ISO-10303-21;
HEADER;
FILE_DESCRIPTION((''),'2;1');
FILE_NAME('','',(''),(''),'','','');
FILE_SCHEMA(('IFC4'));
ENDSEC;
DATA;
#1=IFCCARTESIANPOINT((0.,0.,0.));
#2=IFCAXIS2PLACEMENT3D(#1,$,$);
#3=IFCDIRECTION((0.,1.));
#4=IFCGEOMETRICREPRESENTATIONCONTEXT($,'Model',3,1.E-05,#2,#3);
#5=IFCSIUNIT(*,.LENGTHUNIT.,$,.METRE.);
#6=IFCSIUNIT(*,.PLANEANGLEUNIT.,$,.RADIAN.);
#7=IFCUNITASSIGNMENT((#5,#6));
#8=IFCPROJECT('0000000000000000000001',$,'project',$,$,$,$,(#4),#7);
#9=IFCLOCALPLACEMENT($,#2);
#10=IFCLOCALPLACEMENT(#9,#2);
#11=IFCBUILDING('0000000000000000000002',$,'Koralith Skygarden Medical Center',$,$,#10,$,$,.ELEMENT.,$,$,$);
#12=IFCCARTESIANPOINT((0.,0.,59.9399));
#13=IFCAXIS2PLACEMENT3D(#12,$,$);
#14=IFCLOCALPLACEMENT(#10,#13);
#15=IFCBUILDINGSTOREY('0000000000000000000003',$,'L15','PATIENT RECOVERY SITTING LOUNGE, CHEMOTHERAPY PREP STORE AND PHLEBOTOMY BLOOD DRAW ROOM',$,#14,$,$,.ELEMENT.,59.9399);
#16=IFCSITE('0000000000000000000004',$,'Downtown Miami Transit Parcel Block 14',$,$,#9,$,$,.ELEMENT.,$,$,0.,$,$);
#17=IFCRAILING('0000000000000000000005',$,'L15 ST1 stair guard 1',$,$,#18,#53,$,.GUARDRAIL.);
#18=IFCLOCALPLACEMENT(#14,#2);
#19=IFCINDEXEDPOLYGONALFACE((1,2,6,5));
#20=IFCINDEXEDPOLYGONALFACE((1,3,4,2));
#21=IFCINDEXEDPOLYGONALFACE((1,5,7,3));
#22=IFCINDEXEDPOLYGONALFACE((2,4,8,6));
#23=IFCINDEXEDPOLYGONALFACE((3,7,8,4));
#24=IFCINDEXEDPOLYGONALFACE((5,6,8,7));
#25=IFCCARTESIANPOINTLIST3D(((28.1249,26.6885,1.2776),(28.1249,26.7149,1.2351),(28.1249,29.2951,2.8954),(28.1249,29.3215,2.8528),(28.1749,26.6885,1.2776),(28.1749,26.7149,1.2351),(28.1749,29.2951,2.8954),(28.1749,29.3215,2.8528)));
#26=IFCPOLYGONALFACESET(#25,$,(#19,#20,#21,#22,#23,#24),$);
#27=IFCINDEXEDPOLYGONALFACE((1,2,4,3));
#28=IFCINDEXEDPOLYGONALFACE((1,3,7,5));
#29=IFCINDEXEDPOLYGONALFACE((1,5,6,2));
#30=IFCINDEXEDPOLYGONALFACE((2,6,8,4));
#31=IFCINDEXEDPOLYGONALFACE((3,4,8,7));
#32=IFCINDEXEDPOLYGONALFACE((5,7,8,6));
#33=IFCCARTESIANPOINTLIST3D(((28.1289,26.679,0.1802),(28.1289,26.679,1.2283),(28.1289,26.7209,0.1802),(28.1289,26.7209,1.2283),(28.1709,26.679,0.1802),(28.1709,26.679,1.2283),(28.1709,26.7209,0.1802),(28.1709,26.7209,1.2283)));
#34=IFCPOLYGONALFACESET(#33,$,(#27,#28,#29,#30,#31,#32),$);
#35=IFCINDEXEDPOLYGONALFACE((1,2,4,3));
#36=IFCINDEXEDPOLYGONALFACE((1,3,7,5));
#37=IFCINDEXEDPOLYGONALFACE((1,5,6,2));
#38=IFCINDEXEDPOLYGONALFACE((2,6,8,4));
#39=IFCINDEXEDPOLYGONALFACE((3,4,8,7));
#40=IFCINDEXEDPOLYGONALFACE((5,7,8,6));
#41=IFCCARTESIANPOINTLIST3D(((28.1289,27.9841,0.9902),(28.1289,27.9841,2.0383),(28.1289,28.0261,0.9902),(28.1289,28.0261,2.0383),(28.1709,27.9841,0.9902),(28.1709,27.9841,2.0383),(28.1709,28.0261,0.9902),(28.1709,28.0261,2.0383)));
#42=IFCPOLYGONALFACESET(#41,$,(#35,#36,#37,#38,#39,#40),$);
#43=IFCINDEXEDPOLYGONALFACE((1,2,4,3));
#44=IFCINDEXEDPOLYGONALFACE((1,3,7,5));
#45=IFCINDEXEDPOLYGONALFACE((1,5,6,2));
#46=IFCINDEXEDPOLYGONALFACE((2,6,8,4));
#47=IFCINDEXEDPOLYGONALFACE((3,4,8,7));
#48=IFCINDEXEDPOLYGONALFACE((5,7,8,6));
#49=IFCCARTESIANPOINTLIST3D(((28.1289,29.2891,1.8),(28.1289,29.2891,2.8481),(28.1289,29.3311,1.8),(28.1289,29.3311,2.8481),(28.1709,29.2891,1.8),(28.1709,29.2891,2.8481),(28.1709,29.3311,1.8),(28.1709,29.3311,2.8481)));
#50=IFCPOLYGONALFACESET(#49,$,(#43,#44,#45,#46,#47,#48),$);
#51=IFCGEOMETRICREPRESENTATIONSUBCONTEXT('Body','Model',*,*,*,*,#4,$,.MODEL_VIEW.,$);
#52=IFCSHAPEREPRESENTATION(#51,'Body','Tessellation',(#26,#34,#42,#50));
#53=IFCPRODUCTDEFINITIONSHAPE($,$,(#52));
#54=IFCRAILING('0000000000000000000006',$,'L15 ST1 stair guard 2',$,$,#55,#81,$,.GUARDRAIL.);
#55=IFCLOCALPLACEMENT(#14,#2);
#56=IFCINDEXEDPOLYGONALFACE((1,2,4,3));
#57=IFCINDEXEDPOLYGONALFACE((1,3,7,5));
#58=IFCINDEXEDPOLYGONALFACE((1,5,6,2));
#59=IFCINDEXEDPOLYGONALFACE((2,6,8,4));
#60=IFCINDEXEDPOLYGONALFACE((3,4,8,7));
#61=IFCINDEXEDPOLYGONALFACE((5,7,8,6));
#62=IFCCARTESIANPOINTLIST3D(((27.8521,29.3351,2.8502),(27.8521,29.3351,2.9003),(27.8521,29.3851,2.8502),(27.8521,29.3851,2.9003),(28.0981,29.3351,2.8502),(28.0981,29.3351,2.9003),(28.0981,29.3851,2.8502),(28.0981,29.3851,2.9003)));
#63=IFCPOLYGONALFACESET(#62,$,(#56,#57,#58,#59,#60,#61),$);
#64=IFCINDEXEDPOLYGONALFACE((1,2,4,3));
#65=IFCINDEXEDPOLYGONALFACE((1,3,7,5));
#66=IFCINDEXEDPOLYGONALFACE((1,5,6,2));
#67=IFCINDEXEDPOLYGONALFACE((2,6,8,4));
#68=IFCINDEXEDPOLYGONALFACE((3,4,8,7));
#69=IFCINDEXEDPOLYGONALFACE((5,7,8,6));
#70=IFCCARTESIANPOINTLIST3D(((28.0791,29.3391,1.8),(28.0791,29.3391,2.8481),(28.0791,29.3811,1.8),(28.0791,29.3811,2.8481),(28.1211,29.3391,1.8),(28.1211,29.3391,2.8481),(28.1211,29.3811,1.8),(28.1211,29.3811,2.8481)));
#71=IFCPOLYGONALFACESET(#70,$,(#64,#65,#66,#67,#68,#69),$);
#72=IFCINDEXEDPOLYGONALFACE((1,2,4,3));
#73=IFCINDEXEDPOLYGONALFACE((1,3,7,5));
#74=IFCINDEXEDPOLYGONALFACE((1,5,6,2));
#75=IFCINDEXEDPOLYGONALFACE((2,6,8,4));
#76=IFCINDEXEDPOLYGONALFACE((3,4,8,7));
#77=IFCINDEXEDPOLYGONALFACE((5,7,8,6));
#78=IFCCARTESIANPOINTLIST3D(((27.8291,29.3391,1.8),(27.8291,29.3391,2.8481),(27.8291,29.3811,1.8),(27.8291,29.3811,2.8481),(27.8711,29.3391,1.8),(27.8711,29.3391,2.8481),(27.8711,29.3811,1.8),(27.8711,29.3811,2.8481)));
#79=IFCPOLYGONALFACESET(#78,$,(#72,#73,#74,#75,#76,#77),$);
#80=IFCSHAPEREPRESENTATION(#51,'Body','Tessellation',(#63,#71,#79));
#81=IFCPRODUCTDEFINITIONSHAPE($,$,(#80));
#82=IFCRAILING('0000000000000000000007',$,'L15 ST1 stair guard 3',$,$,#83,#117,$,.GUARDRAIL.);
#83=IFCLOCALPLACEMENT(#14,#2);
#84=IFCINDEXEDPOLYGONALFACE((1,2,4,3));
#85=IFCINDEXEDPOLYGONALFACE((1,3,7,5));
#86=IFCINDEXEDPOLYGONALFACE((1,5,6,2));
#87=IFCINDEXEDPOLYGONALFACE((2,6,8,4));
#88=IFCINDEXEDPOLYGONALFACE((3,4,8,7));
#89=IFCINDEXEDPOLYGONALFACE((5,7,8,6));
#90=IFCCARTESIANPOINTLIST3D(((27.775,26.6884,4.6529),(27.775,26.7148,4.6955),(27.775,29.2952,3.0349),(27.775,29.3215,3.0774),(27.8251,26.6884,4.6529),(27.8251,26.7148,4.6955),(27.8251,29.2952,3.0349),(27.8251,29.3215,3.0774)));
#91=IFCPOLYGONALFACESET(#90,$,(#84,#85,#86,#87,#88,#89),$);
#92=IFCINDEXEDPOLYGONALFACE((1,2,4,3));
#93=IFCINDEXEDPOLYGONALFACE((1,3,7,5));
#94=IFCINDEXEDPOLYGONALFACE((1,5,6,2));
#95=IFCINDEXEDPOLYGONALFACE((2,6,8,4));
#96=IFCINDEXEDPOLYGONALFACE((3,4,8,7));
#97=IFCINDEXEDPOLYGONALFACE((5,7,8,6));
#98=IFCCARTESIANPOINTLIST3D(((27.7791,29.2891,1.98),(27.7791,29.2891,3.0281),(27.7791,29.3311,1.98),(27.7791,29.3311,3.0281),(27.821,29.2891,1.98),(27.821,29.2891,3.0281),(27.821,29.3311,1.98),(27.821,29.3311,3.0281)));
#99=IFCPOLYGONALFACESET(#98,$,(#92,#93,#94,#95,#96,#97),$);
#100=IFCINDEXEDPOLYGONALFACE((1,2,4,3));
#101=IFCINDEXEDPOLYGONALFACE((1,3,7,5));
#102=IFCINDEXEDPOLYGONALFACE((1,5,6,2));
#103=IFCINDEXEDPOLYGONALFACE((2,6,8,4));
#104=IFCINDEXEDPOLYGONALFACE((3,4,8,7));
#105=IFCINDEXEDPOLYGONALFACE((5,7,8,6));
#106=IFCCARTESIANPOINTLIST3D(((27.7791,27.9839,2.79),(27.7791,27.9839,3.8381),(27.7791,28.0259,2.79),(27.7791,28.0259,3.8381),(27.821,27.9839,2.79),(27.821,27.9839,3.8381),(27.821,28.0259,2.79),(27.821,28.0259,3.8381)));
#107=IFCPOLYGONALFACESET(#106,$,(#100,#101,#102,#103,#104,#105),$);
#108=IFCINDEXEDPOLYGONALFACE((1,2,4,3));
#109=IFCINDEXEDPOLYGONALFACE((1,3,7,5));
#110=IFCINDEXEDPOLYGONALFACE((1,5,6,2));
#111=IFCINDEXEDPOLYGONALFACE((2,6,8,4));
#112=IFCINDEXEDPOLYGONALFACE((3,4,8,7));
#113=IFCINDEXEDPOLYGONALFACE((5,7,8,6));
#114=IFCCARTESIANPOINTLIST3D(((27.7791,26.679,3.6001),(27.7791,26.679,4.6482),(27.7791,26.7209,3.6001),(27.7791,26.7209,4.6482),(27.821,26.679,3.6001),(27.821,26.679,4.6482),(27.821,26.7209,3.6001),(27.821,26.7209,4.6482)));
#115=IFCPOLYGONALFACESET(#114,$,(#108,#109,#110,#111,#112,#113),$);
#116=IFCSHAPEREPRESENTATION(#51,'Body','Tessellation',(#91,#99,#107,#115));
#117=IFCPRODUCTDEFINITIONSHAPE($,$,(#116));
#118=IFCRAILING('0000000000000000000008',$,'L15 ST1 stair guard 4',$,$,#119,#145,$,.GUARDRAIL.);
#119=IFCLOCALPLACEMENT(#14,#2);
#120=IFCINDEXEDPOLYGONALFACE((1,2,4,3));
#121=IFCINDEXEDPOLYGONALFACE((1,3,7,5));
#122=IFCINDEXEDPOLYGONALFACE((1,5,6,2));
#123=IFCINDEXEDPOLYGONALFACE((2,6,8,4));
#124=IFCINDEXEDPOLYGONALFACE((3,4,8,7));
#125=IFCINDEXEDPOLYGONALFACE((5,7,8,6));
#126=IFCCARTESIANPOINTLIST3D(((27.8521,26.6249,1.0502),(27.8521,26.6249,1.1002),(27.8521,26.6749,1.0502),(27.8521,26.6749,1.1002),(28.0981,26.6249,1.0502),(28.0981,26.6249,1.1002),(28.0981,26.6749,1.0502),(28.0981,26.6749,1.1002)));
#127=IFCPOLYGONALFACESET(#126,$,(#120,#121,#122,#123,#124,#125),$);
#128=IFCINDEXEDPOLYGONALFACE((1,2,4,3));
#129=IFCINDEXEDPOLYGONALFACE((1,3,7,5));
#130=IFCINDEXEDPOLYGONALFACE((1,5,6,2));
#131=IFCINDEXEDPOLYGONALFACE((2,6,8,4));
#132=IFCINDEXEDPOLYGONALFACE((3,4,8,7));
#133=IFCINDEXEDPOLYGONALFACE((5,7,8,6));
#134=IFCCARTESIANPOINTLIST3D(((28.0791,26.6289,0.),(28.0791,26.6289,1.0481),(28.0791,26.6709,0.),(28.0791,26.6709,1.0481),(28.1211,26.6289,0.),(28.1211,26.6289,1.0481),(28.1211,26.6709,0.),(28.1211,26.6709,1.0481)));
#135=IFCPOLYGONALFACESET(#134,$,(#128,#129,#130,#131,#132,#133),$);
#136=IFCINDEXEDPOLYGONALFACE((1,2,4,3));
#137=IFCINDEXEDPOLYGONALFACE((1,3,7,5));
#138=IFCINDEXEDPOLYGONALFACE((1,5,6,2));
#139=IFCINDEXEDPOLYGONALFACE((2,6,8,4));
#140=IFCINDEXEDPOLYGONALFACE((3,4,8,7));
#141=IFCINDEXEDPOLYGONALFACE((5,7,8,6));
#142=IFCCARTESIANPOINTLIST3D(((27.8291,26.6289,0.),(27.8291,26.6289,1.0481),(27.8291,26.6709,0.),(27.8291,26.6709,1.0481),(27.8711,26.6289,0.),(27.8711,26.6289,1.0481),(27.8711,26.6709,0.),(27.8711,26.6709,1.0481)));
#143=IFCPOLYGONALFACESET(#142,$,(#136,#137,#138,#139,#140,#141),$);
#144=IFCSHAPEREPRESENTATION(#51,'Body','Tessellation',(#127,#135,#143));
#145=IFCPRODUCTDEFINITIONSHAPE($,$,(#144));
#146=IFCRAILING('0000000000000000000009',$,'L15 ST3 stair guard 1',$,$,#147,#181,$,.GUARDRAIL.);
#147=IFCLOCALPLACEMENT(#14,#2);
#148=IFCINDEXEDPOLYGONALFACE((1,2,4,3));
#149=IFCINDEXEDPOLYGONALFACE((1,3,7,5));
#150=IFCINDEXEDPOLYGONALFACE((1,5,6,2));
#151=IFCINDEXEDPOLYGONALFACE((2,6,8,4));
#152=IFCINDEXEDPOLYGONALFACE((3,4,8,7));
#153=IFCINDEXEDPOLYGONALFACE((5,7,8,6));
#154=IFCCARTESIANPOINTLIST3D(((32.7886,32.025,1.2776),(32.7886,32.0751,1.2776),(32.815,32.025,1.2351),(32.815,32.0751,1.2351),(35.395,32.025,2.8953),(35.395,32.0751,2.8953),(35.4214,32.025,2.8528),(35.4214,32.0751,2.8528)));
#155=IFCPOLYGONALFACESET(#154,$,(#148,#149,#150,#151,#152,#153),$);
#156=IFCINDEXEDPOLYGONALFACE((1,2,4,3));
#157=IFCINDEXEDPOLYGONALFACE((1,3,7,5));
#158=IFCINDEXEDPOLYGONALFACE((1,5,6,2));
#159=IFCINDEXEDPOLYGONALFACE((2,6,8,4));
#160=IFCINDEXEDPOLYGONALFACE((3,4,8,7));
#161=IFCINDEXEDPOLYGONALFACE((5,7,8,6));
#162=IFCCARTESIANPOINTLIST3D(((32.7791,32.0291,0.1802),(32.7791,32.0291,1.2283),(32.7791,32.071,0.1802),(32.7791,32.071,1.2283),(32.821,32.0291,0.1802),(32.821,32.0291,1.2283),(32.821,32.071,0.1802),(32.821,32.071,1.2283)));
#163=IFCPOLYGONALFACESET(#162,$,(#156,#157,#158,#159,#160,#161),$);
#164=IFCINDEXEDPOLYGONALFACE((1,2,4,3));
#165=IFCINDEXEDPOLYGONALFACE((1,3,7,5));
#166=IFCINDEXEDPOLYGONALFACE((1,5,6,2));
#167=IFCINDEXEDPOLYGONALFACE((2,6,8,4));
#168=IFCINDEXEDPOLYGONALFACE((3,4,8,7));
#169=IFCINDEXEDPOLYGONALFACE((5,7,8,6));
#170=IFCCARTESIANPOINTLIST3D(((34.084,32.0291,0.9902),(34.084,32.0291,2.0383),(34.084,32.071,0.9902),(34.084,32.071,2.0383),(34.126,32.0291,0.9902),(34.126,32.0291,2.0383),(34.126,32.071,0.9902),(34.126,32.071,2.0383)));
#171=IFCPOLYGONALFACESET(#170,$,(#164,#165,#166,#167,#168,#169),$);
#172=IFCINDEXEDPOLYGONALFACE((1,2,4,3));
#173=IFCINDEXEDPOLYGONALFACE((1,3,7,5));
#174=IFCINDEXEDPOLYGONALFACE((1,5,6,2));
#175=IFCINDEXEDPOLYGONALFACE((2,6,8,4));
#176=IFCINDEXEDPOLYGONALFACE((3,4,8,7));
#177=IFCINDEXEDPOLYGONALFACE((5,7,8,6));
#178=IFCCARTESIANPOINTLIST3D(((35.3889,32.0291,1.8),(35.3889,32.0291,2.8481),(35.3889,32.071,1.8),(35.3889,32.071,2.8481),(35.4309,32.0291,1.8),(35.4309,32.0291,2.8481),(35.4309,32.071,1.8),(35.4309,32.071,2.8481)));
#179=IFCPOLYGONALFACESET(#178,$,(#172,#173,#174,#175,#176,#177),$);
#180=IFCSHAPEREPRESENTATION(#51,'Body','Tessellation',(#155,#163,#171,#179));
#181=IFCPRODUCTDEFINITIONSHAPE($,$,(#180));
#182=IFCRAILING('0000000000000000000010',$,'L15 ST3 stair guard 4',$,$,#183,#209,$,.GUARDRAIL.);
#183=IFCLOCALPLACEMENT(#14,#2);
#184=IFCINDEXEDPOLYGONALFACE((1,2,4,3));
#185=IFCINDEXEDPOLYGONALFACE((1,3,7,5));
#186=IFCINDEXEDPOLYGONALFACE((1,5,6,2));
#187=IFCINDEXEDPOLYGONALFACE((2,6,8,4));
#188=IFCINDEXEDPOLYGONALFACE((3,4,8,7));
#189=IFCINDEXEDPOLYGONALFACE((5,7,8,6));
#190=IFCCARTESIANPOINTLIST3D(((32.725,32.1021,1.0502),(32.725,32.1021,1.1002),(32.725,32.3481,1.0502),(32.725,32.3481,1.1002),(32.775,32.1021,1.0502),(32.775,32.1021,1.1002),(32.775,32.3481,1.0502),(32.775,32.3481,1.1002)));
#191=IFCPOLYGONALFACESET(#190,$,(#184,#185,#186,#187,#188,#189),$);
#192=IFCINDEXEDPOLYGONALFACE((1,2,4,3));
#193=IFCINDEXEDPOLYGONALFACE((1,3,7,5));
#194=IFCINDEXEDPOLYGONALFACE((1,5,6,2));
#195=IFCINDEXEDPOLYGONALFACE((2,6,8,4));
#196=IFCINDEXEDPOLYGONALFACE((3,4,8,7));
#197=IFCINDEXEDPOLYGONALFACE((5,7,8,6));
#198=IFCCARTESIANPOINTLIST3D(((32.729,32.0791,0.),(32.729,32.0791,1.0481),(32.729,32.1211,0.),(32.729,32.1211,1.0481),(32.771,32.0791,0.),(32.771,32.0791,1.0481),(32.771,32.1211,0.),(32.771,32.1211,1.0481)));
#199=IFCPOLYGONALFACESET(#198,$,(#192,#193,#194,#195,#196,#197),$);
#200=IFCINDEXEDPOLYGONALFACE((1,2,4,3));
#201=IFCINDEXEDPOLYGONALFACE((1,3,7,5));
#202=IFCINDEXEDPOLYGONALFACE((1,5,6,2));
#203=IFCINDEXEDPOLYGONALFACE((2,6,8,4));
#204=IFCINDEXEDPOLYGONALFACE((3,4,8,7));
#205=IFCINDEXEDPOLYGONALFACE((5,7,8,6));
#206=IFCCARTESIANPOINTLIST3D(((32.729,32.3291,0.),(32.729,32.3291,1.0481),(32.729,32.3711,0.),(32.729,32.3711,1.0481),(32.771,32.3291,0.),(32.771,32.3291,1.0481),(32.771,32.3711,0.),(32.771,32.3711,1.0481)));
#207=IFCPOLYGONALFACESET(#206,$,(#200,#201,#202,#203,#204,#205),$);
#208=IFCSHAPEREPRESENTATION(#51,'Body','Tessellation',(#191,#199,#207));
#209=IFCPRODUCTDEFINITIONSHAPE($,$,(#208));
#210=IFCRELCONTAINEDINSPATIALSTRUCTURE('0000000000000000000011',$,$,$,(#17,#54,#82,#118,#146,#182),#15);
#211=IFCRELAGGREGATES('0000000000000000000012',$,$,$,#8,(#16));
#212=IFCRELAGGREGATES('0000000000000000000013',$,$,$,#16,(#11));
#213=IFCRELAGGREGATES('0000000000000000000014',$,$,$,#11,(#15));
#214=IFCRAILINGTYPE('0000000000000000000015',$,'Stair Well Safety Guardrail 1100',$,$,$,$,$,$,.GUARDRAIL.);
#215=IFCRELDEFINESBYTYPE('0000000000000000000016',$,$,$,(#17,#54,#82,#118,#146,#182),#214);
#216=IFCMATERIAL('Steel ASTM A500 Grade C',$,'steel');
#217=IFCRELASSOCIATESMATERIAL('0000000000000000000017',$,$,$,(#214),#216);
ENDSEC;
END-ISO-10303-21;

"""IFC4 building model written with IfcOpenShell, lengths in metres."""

from ifc_helpers import new_model, si_unit, direction, frame, origin, origin_2d, place, context, subcontext, project, spatial, rectangle, extrude, material, type_object, element, save


model = new_model("IFC4")

# Units and contexts
model_context = context("Model", 3, precision=1e-05, world=origin(), true_north=direction((0.0, 1.0)))
body_context = subcontext(model_context, "Body", "Model", "MODEL_VIEW")
ifc_project = project(units=[si_unit("LENGTHUNIT", "METRE"), si_unit("PLANEANGLEUNIT", "RADIAN")], contexts=[model_context])

# Site, building, storey
site_placement = place(None, origin())
site = spatial("IfcSite", under=ifc_project, at=site_placement, Name="Downtown Miami Transit Parcel Block 14", CompositionType="ELEMENT", RefElevation=0.0)
building_placement = place(site_placement, origin())
building = spatial("IfcBuilding", under=site, at=building_placement, Name="Koralith Skygarden Medical Center", CompositionType="ELEMENT")
storey_placement = place(building_placement, frame((0.0, 0.0, 59.9399)))
storey = spatial("IfcBuildingStorey", under=building, at=storey_placement, Name="L15", Description="PATIENT RECOVERY SITTING LOUNGE, CHEMOTHERAPY PREP STORE AND PHLEBOTOMY BLOOD DRAW ROOM", CompositionType="ELEMENT", Elevation=59.9399)

# Railings
ifc_material_1 = material(Name="Steel ASTM A500 Grade C", Category="steel")
railing_type_1 = type_object("IfcRailingType", Name="Stair Well Safety Guardrail 1100", PredefinedType="GUARDRAIL", material=ifc_material_1)
railing_1_placement = place(storey_placement, frame((28.1499, 26.7, 0.1802)))
element("IfcRailing", 1, at=railing_1_placement, inside=storey, type_object=railing_type_1, Name="L15 ST1 stair guard 1", PredefinedType="GUARDRAIL", context=body_context, shape_type="SweptSolid", body=[
    extrude(rectangle(XDim=0.05, YDim=0.05, at=origin_2d()), frame((0.0, 0.0017, 1.0762), z_axis=(0.0, 0.849668, 0.527317), x_axis=(-1.0, 0.0, 0.0)), (0.0, 0.0, 1.0), 3.0679),
    extrude(rectangle(XDim=0.042, YDim=0.042, at=origin_2d()), origin(), (0.0, 0.0, 1.0), 1.0481),
    extrude(rectangle(XDim=0.042, YDim=0.042, at=origin_2d()), frame((0.0, 1.3052, 0.8101)), (0.0, 0.0, 1.0), 1.0481),
    extrude(rectangle(XDim=0.042, YDim=0.042, at=origin_2d()), frame((0.0, 2.6101, 1.6199)), (0.0, 0.0, 1.0), 1.0481),
])
railing_2_placement = place(storey_placement, frame((28.1001, 29.3601, 1.8)))
element("IfcRailing", 2, at=railing_2_placement, inside=storey, type_object=railing_type_1, Name="L15 ST1 stair guard 2", PredefinedType="GUARDRAIL", context=body_context, shape_type="SweptSolid", body=[
    extrude(rectangle(XDim=0.05, YDim=0.05, at=origin_2d()), frame((-0.002, 0.0, 1.0752), z_axis=(-1.0, 0.0, 0.0), x_axis=(0.0, -1.0, 0.0)), (0.0, 0.0, 1.0), 0.2461),
    extrude(rectangle(XDim=0.042, YDim=0.042, at=origin_2d()), origin(), (0.0, 0.0, 1.0), 1.0481),
    extrude(rectangle(XDim=0.042, YDim=0.042, at=origin_2d()), frame((-0.25, 0.0, 0.0)), (0.0, 0.0, 1.0), 1.0481),
])
railing_3_placement = place(storey_placement, frame((27.8, 29.3101, 1.98)))
element("IfcRailing", 3, at=railing_3_placement, inside=storey, type_object=railing_type_1, Name="L15 ST1 stair guard 3", PredefinedType="GUARDRAIL", context=body_context, shape_type="SweptSolid", body=[
    extrude(rectangle(XDim=0.05, YDim=0.05, at=origin_2d()), frame((0.0, -0.0017, 1.0762), z_axis=(0.0, -0.849633, 0.527375), x_axis=(1.0, 0.0, 0.0)), (0.0, 0.0, 1.0), 3.0681),
    extrude(rectangle(XDim=0.042, YDim=0.042, at=origin_2d()), origin(), (0.0, 0.0, 1.0), 1.0481),
    extrude(rectangle(XDim=0.042, YDim=0.042, at=origin_2d()), frame((0.0, -1.3052, 0.8101)), (0.0, 0.0, 1.0), 1.0481),
    extrude(rectangle(XDim=0.042, YDim=0.042, at=origin_2d()), frame((0.0, -2.6101, 1.6201)), (0.0, 0.0, 1.0), 1.0481),
])
railing_4_placement = place(storey_placement, frame((28.1001, 26.6499, 0.0)))
element("IfcRailing", 4, at=railing_4_placement, inside=storey, type_object=railing_type_1, Name="L15 ST1 stair guard 4", PredefinedType="GUARDRAIL", context=body_context, shape_type="SweptSolid", body=[
    extrude(rectangle(XDim=0.05, YDim=0.05, at=origin_2d()), frame((-0.002, 0.0, 1.0752), z_axis=(-1.0, 0.0, 0.0), x_axis=(0.0, -1.0, 0.0)), (0.0, 0.0, 1.0), 0.2461),
    extrude(rectangle(XDim=0.042, YDim=0.042, at=origin_2d()), origin(), (0.0, 0.0, 1.0), 1.0481),
    extrude(rectangle(XDim=0.042, YDim=0.042, at=origin_2d()), frame((-0.25, 0.0, 0.0)), (0.0, 0.0, 1.0), 1.0481),
])
railing_5_placement = place(storey_placement, frame((32.8, 32.05, 0.1802)))
element("IfcRailing", 5, at=railing_5_placement, inside=storey, type_object=railing_type_1, Name="L15 ST3 stair guard 1", PredefinedType="GUARDRAIL", context=body_context, shape_type="SweptSolid", body=[
    extrude(rectangle(XDim=0.05, YDim=0.05, at=origin_2d()), frame((0.0017, 0.0, 1.0762), z_axis=(0.849646, 0.0, 0.527353), x_axis=(0.0, 1.0, 0.0)), (0.0, 0.0, 1.0), 3.0676),
    extrude(rectangle(XDim=0.042, YDim=0.042, at=origin_2d()), origin(), (0.0, 0.0, 1.0), 1.0481),
    extrude(rectangle(XDim=0.042, YDim=0.042, at=origin_2d()), frame((1.3049, 0.0, 0.8101)), (0.0, 0.0, 1.0), 1.0481),
    extrude(rectangle(XDim=0.042, YDim=0.042, at=origin_2d()), frame((2.6099, 0.0, 1.6199)), (0.0, 0.0, 1.0), 1.0481),
])
railing_6_placement = place(storey_placement, frame((32.75, 32.1001, 0.0)))
element("IfcRailing", 6, at=railing_6_placement, inside=storey, type_object=railing_type_1, Name="L15 ST3 stair guard 4", PredefinedType="GUARDRAIL", context=body_context, shape_type="SweptSolid", body=[
    extrude(rectangle(XDim=0.05, YDim=0.05, at=origin_2d()), frame((0.0, 0.002, 1.0752), z_axis=(0.0, 1.0, 0.0), x_axis=(-1.0, 0.0, 0.0)), (0.0, 0.0, 1.0), 0.2461),
    extrude(rectangle(XDim=0.042, YDim=0.042, at=origin_2d()), origin(), (0.0, 0.0, 1.0), 1.0481),
    extrude(rectangle(XDim=0.042, YDim=0.042, at=origin_2d()), frame((0.0, 0.25, 0.0)), (0.0, 0.0, 1.0), 1.0481),
])

save(model, "model.ifc")
